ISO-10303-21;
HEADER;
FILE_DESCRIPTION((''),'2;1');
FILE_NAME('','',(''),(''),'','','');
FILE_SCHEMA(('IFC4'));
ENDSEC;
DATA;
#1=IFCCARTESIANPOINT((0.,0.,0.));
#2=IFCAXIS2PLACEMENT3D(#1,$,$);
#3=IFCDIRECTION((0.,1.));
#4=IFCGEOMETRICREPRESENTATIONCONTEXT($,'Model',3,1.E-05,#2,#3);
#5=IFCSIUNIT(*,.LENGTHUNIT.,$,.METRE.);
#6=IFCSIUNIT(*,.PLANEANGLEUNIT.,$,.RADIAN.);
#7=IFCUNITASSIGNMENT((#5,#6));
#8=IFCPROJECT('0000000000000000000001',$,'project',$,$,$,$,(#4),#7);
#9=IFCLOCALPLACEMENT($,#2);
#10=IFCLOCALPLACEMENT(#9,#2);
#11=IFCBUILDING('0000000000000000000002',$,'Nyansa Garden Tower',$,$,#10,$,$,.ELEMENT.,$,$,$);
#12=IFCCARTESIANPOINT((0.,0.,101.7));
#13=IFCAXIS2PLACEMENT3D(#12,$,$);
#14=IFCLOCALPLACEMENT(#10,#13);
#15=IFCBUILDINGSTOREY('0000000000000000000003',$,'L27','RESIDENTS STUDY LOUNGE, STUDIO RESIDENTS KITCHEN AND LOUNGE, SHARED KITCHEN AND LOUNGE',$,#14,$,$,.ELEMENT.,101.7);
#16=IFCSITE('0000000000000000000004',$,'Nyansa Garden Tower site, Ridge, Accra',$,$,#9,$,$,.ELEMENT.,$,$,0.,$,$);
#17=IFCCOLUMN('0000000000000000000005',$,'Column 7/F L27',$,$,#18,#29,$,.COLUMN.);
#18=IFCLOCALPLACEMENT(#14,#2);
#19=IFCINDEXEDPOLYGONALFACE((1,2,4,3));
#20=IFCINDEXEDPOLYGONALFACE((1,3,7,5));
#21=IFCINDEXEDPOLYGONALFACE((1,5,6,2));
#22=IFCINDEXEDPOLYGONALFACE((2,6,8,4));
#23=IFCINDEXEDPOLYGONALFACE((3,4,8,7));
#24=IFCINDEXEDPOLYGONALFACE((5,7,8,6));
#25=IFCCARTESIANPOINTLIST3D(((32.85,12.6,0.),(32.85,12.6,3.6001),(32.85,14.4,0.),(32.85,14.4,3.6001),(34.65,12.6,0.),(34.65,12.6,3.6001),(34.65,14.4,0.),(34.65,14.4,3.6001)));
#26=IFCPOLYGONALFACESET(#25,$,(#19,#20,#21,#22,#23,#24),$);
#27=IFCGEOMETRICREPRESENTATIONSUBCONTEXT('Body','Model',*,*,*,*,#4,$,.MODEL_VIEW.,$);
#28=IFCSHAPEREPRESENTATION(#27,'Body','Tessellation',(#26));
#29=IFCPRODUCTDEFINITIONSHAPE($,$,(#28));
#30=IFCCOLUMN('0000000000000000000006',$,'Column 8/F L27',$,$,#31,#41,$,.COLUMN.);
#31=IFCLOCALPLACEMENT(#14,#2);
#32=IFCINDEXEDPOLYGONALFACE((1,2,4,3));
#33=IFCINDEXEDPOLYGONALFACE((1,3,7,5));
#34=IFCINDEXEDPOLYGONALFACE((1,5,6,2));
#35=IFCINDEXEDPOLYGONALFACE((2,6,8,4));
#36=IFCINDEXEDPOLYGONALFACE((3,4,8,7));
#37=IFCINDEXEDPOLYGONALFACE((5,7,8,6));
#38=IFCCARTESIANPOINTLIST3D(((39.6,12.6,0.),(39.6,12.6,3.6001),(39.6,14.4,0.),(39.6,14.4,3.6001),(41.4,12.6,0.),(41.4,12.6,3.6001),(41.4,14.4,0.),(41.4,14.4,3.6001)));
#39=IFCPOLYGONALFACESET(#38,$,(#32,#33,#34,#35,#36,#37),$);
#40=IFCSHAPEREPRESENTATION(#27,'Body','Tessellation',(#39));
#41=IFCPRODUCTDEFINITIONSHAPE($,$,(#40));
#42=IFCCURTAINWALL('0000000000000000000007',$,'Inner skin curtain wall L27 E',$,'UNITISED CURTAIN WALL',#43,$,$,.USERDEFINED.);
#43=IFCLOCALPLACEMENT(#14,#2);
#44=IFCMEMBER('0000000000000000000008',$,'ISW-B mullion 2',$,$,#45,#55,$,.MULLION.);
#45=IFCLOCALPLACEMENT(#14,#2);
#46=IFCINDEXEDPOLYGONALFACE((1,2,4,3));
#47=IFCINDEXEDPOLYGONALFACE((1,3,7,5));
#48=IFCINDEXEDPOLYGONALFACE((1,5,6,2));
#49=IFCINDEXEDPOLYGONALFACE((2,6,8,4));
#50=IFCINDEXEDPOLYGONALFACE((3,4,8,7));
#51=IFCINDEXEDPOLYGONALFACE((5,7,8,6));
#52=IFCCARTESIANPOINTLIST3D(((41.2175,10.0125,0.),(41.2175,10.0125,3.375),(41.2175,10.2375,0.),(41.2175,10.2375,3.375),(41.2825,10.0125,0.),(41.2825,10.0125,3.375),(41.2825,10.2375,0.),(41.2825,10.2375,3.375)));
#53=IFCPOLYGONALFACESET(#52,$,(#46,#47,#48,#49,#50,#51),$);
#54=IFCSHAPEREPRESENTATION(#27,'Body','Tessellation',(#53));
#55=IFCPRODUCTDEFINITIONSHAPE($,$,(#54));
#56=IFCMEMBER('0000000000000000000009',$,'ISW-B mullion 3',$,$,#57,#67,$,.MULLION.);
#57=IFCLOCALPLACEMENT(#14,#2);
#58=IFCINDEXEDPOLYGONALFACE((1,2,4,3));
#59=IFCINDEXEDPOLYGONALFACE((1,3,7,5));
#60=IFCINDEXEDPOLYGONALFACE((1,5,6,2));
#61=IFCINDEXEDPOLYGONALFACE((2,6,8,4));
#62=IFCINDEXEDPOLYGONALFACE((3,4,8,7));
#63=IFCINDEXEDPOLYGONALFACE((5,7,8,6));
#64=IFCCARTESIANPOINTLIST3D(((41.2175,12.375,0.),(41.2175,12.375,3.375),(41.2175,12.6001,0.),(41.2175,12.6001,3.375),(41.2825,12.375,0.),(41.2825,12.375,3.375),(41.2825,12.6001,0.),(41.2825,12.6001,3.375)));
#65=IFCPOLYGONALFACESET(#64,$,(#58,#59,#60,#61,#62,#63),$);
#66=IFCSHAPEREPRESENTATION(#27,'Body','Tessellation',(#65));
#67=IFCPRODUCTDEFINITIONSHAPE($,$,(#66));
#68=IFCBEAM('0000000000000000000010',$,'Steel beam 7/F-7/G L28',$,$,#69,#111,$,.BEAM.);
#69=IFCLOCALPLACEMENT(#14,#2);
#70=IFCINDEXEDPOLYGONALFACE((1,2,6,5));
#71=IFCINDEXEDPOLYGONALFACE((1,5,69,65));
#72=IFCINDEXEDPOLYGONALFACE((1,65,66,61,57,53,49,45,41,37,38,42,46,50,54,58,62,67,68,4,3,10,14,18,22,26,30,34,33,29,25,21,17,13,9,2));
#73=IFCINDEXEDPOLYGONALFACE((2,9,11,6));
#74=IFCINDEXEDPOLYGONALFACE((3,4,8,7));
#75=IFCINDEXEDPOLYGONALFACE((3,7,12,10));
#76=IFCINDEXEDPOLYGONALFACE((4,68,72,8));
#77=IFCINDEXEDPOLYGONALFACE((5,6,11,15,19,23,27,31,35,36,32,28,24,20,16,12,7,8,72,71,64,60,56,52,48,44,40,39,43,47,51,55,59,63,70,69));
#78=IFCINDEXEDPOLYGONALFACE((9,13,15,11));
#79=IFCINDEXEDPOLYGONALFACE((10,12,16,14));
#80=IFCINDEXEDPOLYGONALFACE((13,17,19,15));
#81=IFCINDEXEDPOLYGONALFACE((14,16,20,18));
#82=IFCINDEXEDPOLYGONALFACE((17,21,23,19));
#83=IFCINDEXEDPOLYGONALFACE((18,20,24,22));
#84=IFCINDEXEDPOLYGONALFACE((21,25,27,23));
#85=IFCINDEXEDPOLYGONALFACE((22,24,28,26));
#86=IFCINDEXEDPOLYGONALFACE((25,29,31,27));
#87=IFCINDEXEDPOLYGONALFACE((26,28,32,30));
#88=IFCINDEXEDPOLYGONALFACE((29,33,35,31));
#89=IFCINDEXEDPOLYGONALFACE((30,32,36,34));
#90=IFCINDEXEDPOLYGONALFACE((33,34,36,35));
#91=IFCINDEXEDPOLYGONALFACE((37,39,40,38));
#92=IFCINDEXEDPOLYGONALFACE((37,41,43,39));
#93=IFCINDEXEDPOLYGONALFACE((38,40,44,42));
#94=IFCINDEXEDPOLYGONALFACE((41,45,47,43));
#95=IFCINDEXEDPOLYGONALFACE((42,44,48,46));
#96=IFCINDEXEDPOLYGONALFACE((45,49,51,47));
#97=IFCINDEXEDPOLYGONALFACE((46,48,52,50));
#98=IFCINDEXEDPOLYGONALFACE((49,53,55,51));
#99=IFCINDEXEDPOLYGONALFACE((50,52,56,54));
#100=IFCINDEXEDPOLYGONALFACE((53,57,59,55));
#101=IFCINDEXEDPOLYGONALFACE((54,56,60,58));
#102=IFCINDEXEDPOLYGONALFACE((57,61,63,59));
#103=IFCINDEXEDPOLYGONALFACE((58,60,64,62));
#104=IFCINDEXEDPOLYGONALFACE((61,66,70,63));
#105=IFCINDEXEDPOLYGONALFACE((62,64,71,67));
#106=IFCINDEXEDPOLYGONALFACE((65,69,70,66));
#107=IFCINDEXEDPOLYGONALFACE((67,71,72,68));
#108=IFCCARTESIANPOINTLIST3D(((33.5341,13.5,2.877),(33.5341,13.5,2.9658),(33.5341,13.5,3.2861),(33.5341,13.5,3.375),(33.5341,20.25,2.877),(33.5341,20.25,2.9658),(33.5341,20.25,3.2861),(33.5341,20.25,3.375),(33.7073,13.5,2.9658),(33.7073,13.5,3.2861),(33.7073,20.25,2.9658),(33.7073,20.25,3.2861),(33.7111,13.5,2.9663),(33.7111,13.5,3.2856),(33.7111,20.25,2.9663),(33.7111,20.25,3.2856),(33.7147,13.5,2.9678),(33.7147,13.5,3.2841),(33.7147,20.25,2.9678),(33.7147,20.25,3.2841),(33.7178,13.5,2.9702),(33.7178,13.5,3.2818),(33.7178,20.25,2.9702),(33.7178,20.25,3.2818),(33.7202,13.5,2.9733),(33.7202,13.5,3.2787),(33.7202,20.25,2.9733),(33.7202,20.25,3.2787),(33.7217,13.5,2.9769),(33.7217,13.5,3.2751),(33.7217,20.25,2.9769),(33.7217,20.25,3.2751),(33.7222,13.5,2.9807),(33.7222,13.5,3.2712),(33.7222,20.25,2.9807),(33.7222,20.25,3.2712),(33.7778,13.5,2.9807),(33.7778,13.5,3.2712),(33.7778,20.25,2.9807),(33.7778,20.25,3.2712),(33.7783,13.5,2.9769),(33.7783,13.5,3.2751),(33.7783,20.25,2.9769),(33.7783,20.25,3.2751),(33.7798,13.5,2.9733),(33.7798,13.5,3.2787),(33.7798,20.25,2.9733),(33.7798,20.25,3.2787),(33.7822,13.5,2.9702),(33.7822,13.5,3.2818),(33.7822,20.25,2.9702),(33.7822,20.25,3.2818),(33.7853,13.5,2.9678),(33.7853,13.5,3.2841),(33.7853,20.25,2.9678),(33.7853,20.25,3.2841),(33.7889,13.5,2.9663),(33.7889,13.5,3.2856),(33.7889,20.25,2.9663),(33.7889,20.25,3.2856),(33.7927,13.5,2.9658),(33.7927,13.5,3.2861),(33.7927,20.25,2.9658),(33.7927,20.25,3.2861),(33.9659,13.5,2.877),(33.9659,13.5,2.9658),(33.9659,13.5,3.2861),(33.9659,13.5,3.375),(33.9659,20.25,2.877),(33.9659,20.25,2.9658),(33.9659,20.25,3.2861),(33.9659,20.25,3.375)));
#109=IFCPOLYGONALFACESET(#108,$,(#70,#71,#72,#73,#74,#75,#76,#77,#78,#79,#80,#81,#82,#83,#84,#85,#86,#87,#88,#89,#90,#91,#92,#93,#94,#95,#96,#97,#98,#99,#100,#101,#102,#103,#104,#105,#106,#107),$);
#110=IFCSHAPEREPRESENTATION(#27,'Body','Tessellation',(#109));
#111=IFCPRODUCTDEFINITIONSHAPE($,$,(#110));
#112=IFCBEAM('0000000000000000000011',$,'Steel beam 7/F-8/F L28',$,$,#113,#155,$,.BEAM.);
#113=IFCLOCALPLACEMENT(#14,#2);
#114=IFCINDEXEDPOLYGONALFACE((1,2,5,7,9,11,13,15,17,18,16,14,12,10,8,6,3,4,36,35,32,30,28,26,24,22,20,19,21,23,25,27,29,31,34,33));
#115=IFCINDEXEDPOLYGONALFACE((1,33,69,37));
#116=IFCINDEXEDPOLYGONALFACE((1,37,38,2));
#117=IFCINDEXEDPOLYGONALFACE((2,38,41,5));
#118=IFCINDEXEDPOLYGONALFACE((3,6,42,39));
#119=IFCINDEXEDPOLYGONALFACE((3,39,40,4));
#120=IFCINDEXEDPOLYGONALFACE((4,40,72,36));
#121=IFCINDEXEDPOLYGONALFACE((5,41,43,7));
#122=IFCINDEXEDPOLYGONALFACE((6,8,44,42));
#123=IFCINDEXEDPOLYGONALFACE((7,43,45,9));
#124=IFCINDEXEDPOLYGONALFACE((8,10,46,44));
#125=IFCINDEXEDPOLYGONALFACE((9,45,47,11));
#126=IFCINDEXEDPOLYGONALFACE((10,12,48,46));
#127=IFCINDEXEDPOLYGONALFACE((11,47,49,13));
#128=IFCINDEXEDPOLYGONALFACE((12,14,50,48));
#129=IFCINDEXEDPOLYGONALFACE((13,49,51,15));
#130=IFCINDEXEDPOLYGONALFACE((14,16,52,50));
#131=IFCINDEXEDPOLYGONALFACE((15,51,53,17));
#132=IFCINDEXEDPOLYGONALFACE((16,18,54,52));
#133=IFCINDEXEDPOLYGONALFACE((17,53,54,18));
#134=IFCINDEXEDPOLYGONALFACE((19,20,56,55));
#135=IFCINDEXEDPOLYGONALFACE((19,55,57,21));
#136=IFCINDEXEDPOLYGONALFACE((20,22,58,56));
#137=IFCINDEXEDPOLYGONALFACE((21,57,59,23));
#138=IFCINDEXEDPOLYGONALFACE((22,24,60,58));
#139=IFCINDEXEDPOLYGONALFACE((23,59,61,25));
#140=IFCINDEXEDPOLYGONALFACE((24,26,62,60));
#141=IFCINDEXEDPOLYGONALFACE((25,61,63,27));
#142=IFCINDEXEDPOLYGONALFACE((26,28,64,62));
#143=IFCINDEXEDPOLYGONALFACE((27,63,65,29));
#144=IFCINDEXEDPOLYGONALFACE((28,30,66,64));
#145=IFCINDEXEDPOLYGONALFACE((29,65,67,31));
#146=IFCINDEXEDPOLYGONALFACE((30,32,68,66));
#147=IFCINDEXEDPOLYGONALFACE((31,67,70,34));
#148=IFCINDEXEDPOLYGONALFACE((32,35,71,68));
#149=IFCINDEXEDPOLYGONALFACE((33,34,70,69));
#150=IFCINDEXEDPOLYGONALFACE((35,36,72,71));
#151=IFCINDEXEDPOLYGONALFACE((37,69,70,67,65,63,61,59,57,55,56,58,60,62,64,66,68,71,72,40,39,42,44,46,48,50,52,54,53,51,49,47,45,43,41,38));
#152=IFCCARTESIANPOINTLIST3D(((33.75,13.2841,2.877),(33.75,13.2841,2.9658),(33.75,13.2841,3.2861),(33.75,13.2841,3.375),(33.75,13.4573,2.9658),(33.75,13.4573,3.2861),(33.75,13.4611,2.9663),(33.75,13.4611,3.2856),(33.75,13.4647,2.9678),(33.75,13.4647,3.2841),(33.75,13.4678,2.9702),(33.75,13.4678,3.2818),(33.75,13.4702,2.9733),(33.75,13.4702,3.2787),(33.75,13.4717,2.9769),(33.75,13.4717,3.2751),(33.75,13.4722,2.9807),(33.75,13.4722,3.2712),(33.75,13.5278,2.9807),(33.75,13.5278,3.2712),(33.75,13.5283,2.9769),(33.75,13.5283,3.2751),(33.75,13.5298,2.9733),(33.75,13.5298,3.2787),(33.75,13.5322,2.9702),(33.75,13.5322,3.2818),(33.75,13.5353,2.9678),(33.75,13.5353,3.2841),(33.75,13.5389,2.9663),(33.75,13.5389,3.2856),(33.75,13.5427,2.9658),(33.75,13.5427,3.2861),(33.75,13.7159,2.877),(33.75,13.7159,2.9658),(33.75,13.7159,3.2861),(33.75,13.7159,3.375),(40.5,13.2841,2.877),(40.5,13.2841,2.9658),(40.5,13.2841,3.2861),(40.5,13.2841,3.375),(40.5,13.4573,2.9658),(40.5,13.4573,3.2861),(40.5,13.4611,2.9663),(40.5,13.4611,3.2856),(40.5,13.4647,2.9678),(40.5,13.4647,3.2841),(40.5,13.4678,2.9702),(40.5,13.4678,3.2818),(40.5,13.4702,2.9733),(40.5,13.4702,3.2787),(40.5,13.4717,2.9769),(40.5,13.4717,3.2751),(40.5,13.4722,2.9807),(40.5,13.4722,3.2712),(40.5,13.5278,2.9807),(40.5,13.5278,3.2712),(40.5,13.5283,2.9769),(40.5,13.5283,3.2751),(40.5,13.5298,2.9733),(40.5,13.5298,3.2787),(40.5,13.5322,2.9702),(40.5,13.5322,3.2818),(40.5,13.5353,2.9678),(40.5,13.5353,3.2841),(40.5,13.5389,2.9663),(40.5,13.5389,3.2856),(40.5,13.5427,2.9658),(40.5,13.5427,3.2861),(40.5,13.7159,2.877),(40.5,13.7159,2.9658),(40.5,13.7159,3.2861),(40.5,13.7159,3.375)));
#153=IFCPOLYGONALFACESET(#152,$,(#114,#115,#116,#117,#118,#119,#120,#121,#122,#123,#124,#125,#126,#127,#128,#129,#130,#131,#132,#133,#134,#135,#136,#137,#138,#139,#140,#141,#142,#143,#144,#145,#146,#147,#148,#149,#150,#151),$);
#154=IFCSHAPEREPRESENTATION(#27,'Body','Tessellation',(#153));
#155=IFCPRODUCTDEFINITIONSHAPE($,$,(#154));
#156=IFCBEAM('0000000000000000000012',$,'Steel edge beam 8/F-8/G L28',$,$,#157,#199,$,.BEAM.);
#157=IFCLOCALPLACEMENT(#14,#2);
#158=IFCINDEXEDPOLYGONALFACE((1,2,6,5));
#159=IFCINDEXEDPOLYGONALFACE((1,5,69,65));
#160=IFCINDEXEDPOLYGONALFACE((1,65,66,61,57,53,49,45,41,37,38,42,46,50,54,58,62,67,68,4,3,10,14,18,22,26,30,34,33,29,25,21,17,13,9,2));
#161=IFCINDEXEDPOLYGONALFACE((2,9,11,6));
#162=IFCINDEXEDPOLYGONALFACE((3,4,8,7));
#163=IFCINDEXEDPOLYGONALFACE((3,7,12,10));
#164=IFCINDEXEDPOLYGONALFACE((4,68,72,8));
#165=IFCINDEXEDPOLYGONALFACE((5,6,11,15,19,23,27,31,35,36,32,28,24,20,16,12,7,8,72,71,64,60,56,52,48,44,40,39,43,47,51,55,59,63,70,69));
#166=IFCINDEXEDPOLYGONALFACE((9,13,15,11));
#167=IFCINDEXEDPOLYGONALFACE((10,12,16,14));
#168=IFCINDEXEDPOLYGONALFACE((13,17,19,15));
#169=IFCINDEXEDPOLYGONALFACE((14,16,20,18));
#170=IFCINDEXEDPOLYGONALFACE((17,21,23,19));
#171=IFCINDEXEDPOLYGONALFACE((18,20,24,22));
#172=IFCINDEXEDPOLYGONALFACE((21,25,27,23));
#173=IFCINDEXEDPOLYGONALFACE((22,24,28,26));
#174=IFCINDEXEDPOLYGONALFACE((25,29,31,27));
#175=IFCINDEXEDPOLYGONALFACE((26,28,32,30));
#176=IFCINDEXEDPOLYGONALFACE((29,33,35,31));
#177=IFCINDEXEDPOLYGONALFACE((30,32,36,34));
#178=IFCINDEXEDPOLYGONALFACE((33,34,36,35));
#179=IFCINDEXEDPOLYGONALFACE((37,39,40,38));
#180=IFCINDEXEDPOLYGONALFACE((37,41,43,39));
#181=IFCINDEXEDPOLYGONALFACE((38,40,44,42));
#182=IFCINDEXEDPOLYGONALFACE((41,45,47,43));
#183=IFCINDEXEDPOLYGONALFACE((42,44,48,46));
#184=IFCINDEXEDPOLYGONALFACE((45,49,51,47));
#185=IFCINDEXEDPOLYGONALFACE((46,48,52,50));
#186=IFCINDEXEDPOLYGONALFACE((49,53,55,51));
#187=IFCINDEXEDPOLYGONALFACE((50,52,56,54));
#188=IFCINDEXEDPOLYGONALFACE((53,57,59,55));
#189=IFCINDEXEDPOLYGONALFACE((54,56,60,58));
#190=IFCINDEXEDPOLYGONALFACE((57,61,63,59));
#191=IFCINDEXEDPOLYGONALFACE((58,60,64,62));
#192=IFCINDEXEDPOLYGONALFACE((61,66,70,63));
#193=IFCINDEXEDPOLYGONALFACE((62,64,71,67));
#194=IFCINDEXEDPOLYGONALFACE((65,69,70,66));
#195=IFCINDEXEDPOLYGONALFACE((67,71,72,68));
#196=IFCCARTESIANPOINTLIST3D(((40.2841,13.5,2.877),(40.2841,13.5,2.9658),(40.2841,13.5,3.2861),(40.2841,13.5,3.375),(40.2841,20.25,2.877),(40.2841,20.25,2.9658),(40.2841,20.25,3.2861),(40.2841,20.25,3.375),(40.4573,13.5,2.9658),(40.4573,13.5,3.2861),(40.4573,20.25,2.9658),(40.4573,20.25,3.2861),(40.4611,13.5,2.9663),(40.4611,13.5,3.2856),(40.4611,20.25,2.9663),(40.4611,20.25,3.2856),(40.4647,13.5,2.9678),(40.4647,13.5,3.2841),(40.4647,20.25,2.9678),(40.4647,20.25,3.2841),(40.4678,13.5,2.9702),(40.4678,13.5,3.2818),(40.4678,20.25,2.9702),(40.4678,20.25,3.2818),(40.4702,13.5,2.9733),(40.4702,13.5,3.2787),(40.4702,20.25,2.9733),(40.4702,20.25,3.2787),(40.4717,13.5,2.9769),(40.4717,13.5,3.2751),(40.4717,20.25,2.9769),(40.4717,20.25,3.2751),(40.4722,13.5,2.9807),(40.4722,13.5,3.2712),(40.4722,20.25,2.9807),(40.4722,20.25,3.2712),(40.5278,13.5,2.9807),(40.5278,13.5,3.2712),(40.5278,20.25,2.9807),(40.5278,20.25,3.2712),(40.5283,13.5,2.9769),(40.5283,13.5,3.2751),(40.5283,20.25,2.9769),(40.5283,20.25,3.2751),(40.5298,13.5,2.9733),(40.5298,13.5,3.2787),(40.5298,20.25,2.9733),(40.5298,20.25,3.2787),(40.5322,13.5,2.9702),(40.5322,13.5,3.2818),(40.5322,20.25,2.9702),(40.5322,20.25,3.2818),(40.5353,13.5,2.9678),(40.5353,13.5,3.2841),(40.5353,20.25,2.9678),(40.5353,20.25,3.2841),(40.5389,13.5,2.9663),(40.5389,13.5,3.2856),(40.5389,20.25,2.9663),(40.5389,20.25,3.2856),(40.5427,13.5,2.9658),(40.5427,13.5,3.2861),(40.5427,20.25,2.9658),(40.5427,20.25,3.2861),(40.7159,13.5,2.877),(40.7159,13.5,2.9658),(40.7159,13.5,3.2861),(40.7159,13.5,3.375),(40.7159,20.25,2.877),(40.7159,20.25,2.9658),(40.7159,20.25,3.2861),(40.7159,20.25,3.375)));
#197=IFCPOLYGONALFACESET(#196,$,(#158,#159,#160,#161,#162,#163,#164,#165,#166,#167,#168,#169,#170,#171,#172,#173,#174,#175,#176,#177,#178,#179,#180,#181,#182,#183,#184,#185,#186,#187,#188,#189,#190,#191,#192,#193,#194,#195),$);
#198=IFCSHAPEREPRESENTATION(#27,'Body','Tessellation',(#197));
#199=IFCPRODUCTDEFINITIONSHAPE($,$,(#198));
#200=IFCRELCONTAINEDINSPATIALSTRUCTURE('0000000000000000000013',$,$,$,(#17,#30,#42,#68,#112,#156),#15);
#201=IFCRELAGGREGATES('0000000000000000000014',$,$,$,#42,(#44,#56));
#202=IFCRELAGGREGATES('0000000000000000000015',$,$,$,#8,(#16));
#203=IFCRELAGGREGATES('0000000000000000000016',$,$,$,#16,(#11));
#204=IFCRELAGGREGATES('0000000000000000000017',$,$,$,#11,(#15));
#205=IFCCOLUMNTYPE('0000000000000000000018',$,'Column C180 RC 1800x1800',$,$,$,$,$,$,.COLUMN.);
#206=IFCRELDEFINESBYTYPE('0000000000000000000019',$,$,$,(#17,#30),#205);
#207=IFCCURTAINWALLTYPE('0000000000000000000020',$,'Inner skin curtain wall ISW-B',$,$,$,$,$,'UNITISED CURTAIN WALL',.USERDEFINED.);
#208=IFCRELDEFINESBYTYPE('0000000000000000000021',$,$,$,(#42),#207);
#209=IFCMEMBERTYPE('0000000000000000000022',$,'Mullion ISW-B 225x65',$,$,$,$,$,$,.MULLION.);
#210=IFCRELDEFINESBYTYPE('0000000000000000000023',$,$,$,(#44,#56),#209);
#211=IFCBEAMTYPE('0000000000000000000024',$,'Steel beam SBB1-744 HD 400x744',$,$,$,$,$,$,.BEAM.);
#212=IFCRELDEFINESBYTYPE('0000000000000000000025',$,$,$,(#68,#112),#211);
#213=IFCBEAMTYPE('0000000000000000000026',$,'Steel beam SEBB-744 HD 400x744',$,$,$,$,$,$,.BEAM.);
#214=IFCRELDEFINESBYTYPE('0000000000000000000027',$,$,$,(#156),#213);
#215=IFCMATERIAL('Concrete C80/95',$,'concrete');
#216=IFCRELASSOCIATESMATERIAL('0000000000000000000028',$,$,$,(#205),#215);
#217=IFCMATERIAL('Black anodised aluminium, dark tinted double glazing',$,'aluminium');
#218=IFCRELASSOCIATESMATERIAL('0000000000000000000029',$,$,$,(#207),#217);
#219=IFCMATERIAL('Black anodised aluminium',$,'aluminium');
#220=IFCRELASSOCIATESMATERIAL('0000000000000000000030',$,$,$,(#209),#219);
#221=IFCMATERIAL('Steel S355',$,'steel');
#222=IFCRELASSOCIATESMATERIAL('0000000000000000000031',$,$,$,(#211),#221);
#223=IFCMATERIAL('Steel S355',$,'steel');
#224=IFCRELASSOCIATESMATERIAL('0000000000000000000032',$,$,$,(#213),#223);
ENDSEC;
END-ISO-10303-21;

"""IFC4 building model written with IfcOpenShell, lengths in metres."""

from ifc_helpers import new_model, si_unit, direction, frame, origin, origin_2d, place, context, subcontext, project, spatial, rectangle, i_section, extrude, material, material_profile, profile_set, type_object, element, aggregate, save


model = new_model("IFC4")

# Units and contexts
model_context = context("Model", 3, precision=1e-05, world=origin(), true_north=direction((0.0, 1.0)))
body_context = subcontext(model_context, "Body", "Model", "MODEL_VIEW")
ifc_project = project(units=[si_unit("LENGTHUNIT", "METRE"), si_unit("PLANEANGLEUNIT", "RADIAN")], contexts=[model_context])

# Site, building, storey
site_placement = place(None, origin())
site = spatial("IfcSite", under=ifc_project, at=site_placement, Name="Nyansa Garden Tower site, Ridge, Accra", CompositionType="ELEMENT", RefElevation=0.0)
building_placement = place(site_placement, origin())
building = spatial("IfcBuilding", under=site, at=building_placement, Name="Nyansa Garden Tower", CompositionType="ELEMENT")
storey_placement = place(building_placement, frame((0.0, 0.0, 101.7)))
storey = spatial("IfcBuildingStorey", under=building, at=storey_placement, Name="L27", Description="RESIDENTS STUDY LOUNGE, STUDIO RESIDENTS KITCHEN AND LOUNGE, SHARED KITCHEN AND LOUNGE", CompositionType="ELEMENT", Elevation=101.7)

# Columns
ifc_material_1 = material(Name="Concrete C80/95", Category="concrete")
ifc_material_profile_1 = material_profile(ifc_material_1, rectangle(XDim=1.8, YDim=1.8, at=origin_2d()), Name="RC 1800x1800")
ifc_profile_set_1 = profile_set([ifc_material_profile_1], Name="Concrete C80/95")
column_type = type_object("IfcColumnType", Name="Column C180 RC 1800x1800", PredefinedType="COLUMN", material=ifc_profile_set_1)
for number, where, z_axis, x_axis, name in (
    (1, (33.75, 13.5, 0.0), (0.0, 0.0, 1.0), (1.0, 0.0, 0.0), "Column 7/F L27"),
    (2, (40.5, 13.5, 0.0), (0.0, 0.0, 1.0), (1.0, 0.0, 0.0), "Column 8/F L27"),
):
    element("IfcColumn", number, at=place(storey_placement, frame(where, z_axis=z_axis, x_axis=x_axis)), inside=storey, type_object=column_type, Name=name, PredefinedType="COLUMN", context=body_context, shape_type="SweptSolid", body=[
        extrude(rectangle(XDim=1.8, YDim=1.8, at=origin_2d()), origin(), (0.0, 0.0, 1.0), 3.6001),
    ])

# Curtain wall, members
ifc_material_2 = material(Name="Black anodised aluminium, dark tinted double glazing", Category="aluminium")
curtain_wall_type = type_object("IfcCurtainWallType", Name="Inner skin curtain wall ISW-B", ElementType="UNITISED CURTAIN WALL", PredefinedType="USERDEFINED", material=ifc_material_2)
curtain_wall_placement = place(storey_placement, origin())
curtain_wall = element("IfcCurtainWall", 3, at=curtain_wall_placement, inside=storey, type_object=curtain_wall_type, Name="Inner skin curtain wall L27 E", ObjectType="UNITISED CURTAIN WALL", PredefinedType="USERDEFINED")
ifc_material_3 = material(Name="Black anodised aluminium", Category="aluminium")
ifc_material_profile_2 = material_profile(ifc_material_3, rectangle(XDim=0.0649, YDim=0.2251, at=origin_2d()), Name="Mullion 225x65")
ifc_profile_set_2 = profile_set([ifc_material_profile_2], Name="Black anodised aluminium")
member_type_1 = type_object("IfcMemberType", Name="Mullion ISW-B 225x65", PredefinedType="MULLION", material=ifc_profile_set_2)
member_1_placement = place(storey_placement, frame((41.25, 10.125, 0.0), z_axis=(0.0, 0.0, 1.0), x_axis=(-1.0, 0.0, 0.0)))
member_1 = element("IfcMember", 4, at=member_1_placement, type_object=member_type_1, Name="ISW-B mullion 2", PredefinedType="MULLION", context=body_context, shape_type="SweptSolid", body=[
    extrude(rectangle(XDim=0.0649, YDim=0.2251, at=origin_2d()), origin(), (0.0, 0.0, 1.0), 3.375),
])
member_2_placement = place(storey_placement, frame((41.25, 12.4875, 0.0), z_axis=(0.0, 0.0, 1.0), x_axis=(-1.0, 0.0, 0.0)))
member_2 = element("IfcMember", 5, at=member_2_placement, type_object=member_type_1, Name="ISW-B mullion 3", PredefinedType="MULLION", context=body_context, shape_type="SweptSolid", body=[
    extrude(rectangle(XDim=0.0649, YDim=0.2251, at=origin_2d()), origin(), (0.0, 0.0, 1.0), 3.375),
])

# Beams
ifc_material_4 = material(Name="Steel S355", Category="steel")
ifc_material_profile_3 = material_profile(ifc_material_4, i_section(OverallWidth=0.4319, OverallDepth=0.498, WebThickness=0.0557, FlangeThickness=0.0889, FilletRadius=0.0149, at=origin_2d()), Name="HD 400x744")
ifc_profile_set_3 = profile_set([ifc_material_profile_3], Name="Steel S355")
beam_type_1 = type_object("IfcBeamType", Name="Steel beam SBB1-744 HD 400x744", PredefinedType="BEAM", material=ifc_profile_set_3)
for number, where, z_axis, x_axis, name in (
    (6, (33.75, 13.5, 3.126), (0.0, 1.0, 0.0), (-1.0, 0.0, 0.0), "Steel beam 7/F-7/G L28"),
    (7, (33.75, 13.5, 3.126), (1.0, 0.0, 0.0), (0.0, 1.0, 0.0), "Steel beam 7/F-8/F L28"),
):
    element("IfcBeam", number, at=place(storey_placement, frame(where, z_axis=z_axis, x_axis=x_axis)), inside=storey, type_object=beam_type_1, Name=name, PredefinedType="BEAM", context=body_context, shape_type="SweptSolid", body=[
        extrude(i_section(OverallWidth=0.4319, OverallDepth=0.498, WebThickness=0.0557, FlangeThickness=0.0889, FilletRadius=0.0149, at=origin_2d()), origin(), (0.0, 0.0, 1.0), 6.75),
    ])
ifc_material_5 = material(Name="Steel S355", Category="steel")
ifc_material_profile_4 = material_profile(ifc_material_5, i_section(OverallWidth=0.4319, OverallDepth=0.498, WebThickness=0.0557, FlangeThickness=0.0889, FilletRadius=0.0149, at=origin_2d()), Name="HD 400x744")
ifc_profile_set_4 = profile_set([ifc_material_profile_4], Name="Steel S355")
beam_type_2 = type_object("IfcBeamType", Name="Steel beam SEBB-744 HD 400x744", PredefinedType="BEAM", material=ifc_profile_set_4)
beam_1_placement = place(storey_placement, frame((40.5, 13.5, 3.126), z_axis=(0.0, 1.0, 0.0), x_axis=(-1.0, 0.0, 0.0)))
element("IfcBeam", 8, at=beam_1_placement, inside=storey, type_object=beam_type_2, Name="Steel edge beam 8/F-8/G L28", PredefinedType="BEAM", context=body_context, shape_type="SweptSolid", body=[
    extrude(i_section(OverallWidth=0.4319, OverallDepth=0.498, WebThickness=0.0557, FlangeThickness=0.0889, FilletRadius=0.0149, at=origin_2d()), origin(), (0.0, 0.0, 1.0), 6.75),
])

aggregate(curtain_wall, [member_1, member_2])

save(model, "model.ifc")
